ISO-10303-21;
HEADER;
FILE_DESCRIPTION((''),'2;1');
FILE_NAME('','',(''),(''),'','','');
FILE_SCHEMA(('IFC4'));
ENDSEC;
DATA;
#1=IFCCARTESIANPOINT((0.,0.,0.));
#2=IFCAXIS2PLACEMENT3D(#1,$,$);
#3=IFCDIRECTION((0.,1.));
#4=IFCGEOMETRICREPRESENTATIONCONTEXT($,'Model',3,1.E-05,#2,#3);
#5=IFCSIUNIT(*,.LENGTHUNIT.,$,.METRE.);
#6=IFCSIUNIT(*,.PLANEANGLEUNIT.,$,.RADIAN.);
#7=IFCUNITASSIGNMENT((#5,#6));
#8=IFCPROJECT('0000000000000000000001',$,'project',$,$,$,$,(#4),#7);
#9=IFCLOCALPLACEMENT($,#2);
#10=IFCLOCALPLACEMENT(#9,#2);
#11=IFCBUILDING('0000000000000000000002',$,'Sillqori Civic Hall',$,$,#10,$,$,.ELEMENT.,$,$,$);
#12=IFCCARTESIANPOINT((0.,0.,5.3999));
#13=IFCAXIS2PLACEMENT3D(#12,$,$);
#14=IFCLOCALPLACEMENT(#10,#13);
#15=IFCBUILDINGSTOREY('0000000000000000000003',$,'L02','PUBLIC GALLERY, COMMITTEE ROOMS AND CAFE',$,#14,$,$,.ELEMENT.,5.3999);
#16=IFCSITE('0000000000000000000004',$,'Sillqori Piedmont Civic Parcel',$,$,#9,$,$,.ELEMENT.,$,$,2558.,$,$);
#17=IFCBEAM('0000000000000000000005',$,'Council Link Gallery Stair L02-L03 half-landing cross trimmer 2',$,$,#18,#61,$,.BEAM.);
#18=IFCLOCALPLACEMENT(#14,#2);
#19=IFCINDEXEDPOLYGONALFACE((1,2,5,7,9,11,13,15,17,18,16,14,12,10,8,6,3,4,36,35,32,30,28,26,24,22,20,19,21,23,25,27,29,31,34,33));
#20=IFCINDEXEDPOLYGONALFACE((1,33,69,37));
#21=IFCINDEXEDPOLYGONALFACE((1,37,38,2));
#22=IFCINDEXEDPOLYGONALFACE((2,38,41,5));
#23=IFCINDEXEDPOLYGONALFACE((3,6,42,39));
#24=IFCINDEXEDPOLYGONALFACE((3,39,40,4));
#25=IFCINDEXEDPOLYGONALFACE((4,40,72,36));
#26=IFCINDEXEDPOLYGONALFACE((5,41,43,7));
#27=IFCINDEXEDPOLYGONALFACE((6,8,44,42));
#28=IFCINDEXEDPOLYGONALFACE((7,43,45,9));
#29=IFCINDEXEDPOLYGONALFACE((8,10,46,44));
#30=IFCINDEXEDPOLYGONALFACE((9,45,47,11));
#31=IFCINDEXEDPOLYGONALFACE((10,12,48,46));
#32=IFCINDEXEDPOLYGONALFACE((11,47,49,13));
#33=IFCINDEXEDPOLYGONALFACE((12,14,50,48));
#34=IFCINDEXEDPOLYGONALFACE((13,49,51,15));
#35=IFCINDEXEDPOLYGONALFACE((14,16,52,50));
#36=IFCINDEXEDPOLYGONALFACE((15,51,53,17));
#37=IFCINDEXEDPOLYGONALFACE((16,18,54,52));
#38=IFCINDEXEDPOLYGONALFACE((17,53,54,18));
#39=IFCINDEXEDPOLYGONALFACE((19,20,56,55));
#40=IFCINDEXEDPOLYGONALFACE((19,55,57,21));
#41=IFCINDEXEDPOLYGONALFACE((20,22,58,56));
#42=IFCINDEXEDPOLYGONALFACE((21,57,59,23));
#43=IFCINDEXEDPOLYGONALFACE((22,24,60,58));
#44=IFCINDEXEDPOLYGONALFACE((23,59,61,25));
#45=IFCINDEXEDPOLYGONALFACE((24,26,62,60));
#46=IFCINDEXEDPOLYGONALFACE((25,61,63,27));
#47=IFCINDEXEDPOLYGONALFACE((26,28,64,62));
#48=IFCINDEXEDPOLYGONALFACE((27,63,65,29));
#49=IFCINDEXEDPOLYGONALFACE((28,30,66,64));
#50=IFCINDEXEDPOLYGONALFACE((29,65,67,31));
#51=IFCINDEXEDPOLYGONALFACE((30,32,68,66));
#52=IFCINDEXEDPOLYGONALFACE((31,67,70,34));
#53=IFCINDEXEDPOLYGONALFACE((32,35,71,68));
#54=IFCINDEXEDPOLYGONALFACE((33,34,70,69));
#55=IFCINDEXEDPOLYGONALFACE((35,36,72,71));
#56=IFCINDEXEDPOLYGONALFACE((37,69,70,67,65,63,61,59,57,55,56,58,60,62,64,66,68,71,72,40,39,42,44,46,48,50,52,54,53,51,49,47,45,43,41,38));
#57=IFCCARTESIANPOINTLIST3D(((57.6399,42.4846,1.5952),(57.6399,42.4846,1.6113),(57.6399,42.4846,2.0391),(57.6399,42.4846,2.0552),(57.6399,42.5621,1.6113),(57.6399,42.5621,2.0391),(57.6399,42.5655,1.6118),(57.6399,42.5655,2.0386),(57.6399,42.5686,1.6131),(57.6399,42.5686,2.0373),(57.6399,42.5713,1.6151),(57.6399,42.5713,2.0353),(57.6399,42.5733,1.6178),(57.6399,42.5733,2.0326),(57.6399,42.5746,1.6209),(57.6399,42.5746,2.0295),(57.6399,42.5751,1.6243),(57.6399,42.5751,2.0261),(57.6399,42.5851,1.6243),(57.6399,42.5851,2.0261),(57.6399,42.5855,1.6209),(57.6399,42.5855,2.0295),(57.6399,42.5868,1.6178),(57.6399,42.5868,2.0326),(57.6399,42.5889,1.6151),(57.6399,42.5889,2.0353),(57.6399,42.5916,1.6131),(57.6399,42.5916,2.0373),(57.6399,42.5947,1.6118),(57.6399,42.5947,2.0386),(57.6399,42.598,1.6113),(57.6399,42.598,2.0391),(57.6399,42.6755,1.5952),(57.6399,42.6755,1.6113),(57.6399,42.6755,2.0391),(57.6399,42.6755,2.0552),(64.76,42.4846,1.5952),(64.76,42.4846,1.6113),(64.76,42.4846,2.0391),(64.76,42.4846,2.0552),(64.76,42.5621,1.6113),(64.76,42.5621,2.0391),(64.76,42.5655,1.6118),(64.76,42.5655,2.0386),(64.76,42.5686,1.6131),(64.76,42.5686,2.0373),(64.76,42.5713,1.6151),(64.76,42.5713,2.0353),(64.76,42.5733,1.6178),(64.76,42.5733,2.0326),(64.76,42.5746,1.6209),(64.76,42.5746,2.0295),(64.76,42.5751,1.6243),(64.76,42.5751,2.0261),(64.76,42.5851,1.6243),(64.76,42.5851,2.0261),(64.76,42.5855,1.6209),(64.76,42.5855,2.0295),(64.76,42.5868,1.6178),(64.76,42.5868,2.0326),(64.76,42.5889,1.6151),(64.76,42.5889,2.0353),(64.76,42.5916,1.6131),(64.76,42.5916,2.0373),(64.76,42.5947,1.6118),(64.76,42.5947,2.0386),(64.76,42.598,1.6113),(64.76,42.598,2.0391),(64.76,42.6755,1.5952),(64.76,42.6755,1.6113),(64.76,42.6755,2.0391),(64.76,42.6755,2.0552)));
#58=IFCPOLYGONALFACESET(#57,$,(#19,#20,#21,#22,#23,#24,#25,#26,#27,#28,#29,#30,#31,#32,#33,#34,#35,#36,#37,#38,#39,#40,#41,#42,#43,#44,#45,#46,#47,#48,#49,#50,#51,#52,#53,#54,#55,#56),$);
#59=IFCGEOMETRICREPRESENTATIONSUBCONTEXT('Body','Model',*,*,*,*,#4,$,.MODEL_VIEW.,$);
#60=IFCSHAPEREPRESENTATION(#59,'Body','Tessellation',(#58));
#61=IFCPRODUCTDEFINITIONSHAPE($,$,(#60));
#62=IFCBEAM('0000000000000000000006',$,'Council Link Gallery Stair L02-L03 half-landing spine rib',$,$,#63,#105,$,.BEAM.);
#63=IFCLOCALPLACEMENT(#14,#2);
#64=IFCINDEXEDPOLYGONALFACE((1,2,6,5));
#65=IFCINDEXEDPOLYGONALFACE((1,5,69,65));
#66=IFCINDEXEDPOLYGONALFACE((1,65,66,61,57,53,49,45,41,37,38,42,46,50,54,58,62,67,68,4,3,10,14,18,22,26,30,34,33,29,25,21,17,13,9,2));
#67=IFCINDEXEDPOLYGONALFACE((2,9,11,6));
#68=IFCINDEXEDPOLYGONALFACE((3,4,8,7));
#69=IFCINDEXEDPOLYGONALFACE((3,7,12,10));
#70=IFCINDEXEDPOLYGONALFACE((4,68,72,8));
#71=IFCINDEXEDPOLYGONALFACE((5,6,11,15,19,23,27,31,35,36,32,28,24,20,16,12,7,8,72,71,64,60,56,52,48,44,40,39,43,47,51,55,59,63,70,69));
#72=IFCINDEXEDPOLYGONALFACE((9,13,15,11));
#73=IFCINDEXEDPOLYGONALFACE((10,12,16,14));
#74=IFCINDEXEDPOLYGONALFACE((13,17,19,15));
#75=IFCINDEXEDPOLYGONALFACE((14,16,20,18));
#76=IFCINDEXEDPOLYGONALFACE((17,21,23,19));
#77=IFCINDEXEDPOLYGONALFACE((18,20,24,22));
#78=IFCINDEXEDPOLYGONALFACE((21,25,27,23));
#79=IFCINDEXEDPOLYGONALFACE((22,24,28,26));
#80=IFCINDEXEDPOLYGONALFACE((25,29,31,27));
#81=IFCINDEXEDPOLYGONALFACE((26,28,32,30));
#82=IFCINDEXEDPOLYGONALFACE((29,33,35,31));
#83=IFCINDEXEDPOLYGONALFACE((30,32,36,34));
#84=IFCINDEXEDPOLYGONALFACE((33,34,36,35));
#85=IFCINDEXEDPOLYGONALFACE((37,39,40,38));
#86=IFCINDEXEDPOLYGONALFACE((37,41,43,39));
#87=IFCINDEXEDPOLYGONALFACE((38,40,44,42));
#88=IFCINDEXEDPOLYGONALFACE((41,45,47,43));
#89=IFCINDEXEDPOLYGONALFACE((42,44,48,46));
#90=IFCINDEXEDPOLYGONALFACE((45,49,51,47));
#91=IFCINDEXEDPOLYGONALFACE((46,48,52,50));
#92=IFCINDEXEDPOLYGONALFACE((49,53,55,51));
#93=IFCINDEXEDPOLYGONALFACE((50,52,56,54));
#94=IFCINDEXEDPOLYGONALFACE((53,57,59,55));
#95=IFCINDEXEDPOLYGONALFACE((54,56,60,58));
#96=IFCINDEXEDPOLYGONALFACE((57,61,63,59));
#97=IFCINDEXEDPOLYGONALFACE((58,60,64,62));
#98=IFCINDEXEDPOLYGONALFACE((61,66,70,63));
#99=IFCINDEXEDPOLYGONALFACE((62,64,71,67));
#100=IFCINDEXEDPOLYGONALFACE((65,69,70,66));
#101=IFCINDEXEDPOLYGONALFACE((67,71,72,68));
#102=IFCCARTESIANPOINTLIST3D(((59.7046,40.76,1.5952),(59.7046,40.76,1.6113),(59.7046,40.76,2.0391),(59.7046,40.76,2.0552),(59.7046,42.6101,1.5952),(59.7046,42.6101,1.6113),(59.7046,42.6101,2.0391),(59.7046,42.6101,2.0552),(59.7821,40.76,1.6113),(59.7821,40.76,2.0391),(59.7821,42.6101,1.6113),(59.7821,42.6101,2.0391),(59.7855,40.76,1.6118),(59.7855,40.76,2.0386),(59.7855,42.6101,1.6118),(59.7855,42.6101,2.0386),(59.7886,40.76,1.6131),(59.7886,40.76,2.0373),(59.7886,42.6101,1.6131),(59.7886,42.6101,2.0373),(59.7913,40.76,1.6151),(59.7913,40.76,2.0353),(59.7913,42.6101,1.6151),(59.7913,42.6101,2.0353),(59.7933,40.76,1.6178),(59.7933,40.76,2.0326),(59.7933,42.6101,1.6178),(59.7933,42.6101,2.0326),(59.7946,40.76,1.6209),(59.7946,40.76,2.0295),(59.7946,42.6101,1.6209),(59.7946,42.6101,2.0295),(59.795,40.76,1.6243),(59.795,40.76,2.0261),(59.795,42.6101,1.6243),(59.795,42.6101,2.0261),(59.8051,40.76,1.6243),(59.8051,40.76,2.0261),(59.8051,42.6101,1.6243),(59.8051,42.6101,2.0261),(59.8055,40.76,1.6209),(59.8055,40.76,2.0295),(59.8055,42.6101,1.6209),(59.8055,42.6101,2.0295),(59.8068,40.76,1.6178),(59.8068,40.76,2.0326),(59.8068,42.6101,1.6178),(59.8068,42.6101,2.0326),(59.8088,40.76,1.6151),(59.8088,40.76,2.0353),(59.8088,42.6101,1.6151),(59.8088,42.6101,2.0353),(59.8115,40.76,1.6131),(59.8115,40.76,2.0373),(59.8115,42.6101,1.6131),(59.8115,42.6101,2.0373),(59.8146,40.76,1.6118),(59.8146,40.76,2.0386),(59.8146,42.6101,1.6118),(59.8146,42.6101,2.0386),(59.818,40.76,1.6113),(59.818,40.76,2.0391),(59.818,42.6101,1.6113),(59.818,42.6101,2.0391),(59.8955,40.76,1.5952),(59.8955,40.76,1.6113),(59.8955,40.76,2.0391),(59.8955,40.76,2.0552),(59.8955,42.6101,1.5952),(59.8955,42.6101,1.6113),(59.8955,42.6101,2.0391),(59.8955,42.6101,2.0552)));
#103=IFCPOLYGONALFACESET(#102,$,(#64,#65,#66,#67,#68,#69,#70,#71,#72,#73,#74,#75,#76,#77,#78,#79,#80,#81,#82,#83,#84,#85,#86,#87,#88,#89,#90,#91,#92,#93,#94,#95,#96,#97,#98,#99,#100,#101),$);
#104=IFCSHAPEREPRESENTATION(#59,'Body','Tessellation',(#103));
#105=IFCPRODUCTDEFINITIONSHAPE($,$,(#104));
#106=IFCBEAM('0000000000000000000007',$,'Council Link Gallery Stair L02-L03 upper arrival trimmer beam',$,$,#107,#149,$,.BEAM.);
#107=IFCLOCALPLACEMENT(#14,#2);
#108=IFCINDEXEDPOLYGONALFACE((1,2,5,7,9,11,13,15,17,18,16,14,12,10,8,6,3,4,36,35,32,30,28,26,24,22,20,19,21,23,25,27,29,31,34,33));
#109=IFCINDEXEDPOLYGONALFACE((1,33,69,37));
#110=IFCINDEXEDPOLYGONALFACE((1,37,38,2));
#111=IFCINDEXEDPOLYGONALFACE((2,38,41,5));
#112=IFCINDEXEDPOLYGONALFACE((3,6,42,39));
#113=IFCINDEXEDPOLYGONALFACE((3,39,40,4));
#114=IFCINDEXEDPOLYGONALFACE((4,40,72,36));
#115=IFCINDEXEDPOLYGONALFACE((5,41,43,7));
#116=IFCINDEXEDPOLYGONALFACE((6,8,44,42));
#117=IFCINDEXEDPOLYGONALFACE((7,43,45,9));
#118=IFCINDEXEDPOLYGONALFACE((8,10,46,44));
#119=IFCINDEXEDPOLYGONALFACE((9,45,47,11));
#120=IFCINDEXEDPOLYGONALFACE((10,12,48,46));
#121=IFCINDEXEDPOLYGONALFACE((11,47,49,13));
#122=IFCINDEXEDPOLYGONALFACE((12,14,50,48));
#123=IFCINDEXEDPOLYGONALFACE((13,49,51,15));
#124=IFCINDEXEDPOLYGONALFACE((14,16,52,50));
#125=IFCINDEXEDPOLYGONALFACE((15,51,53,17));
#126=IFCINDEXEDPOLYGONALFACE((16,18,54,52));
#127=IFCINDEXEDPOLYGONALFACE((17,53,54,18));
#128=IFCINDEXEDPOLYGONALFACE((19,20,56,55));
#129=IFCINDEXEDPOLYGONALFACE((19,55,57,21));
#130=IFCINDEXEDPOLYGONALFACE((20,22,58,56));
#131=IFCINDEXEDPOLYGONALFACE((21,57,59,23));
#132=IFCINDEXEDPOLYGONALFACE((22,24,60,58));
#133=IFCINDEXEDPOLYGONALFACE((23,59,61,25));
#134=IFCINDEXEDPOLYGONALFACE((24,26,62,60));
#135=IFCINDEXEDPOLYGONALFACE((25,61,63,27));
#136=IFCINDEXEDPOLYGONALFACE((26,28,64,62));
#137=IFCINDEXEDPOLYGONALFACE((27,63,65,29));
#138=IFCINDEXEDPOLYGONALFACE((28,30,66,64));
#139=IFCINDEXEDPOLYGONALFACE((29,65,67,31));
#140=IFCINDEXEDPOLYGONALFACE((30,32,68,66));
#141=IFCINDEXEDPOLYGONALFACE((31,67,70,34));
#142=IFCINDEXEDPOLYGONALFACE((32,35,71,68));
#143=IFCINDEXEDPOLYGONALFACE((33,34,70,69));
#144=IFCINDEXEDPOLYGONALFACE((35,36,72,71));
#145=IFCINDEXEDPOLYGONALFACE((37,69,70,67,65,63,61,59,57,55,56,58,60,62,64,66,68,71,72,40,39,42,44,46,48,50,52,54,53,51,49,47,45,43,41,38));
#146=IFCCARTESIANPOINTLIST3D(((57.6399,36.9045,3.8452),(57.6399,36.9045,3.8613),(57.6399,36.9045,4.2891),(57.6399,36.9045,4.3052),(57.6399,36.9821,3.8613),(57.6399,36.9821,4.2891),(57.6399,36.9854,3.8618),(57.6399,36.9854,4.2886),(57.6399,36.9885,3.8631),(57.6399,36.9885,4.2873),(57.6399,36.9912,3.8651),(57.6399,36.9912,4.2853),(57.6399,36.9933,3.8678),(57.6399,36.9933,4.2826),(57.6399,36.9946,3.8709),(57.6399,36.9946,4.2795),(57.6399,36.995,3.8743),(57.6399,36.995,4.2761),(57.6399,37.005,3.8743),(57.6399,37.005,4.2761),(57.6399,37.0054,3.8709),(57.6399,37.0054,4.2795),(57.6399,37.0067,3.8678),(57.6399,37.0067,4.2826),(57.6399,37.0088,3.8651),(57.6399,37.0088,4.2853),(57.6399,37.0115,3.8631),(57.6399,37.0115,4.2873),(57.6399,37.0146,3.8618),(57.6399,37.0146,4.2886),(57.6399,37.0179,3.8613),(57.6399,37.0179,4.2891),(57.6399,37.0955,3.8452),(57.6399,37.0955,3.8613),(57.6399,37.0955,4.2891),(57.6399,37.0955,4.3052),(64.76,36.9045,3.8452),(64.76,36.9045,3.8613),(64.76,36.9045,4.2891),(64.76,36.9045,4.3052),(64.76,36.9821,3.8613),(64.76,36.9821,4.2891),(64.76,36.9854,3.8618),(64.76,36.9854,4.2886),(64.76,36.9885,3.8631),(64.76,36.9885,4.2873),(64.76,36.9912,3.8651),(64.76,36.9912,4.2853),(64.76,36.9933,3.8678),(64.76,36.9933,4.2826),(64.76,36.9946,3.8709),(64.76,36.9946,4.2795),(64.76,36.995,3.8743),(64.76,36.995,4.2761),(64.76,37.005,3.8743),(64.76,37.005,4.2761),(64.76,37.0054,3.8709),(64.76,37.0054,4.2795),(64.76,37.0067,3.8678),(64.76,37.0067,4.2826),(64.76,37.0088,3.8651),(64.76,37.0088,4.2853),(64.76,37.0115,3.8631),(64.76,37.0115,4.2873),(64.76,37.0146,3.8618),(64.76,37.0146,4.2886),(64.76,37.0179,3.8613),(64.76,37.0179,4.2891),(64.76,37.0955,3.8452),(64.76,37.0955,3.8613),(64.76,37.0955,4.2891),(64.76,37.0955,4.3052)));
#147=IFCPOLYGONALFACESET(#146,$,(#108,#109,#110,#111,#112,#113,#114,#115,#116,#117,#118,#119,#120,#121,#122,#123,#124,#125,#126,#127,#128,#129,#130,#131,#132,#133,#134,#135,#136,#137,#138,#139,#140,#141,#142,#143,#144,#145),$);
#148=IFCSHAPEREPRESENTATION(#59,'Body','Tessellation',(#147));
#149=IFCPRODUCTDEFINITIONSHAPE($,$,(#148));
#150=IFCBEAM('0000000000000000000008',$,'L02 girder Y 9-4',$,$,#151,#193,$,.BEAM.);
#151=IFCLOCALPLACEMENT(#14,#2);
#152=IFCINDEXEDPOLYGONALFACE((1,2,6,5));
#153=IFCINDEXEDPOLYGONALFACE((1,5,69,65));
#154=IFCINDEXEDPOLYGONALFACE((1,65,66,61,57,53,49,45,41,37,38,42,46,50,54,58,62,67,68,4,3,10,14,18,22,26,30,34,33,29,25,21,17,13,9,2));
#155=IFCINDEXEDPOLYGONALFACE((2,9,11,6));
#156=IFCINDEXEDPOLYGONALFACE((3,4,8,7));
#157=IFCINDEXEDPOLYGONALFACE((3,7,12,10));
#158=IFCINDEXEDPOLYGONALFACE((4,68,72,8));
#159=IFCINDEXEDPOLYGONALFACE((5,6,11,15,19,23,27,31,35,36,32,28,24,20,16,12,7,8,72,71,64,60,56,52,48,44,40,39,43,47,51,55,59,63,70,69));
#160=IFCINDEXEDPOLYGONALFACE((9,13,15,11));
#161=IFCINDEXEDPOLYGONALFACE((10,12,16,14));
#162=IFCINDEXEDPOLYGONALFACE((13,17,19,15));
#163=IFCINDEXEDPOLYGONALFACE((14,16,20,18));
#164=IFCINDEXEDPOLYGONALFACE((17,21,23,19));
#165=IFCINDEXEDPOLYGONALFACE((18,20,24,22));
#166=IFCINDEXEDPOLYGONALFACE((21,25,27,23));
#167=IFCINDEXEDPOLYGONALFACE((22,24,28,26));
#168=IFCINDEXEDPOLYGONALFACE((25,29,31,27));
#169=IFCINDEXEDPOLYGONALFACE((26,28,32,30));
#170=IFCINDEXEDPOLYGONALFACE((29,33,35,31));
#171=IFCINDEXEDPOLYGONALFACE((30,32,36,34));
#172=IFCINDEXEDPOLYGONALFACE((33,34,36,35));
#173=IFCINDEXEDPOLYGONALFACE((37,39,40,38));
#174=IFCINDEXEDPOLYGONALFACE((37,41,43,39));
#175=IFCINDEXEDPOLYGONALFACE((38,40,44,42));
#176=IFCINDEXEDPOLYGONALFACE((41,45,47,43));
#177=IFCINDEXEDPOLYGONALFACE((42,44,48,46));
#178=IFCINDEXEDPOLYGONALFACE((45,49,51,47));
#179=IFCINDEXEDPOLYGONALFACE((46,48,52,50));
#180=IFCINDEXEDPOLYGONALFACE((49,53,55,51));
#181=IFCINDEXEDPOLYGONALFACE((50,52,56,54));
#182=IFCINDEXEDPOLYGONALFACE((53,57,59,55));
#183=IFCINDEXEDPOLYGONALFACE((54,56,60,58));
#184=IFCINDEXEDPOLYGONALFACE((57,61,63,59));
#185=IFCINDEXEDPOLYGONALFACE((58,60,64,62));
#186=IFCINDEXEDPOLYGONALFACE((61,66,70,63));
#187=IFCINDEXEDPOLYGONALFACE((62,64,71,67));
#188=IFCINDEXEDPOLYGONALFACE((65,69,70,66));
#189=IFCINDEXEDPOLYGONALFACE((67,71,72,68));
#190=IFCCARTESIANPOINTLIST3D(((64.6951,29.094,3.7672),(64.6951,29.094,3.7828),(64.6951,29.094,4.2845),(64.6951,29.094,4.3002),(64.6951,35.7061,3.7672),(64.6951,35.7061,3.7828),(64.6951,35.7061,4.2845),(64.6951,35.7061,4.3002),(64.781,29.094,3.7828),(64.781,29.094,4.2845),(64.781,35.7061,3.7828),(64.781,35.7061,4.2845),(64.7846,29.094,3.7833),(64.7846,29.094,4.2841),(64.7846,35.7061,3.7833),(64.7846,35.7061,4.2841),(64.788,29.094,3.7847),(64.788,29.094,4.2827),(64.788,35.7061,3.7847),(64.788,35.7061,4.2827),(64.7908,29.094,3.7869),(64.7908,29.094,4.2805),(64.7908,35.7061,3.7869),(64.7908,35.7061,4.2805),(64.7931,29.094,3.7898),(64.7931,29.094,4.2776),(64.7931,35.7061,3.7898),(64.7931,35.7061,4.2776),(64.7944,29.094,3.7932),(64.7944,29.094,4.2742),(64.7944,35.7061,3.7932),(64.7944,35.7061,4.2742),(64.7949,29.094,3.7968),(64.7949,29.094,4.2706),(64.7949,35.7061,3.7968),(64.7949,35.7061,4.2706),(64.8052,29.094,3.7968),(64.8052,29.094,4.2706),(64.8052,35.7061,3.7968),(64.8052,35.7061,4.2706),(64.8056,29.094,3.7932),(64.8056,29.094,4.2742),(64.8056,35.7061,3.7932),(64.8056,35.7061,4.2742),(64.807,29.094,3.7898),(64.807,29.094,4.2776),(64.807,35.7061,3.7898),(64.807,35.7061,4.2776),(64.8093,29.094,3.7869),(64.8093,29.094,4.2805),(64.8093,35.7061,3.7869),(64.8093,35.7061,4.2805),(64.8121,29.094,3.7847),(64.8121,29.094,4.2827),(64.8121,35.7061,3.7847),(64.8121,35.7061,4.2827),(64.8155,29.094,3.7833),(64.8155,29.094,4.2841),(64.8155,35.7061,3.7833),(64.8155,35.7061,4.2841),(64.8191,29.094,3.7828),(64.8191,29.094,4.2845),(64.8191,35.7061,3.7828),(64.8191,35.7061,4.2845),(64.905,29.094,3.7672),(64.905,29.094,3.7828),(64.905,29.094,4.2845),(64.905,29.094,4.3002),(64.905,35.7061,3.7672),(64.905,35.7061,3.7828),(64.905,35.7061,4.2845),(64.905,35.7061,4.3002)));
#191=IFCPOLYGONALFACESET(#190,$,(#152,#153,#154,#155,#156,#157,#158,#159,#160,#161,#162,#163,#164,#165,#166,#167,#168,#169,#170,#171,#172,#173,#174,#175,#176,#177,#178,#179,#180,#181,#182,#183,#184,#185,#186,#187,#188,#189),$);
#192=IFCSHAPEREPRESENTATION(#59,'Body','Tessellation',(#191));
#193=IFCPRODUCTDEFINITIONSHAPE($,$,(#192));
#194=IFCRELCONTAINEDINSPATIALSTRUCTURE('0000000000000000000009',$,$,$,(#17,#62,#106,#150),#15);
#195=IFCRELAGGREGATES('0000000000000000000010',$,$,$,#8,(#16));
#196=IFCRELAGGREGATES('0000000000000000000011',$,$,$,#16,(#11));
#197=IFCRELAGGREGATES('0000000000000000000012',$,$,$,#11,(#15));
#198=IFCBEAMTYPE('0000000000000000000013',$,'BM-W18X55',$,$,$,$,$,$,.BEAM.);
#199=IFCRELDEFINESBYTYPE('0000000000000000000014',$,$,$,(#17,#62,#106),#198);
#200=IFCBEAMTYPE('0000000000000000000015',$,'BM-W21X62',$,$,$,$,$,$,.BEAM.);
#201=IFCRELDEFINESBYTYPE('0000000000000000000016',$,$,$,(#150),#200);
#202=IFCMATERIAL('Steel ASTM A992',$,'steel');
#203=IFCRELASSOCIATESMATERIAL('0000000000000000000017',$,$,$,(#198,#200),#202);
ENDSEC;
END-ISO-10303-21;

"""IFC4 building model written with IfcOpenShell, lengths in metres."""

from ifc_helpers import new_model, si_unit, direction, frame, origin, origin_2d, place, context, subcontext, project, spatial, i_section, extrude, material, material_profile, profile_set, type_object, element, save


model = new_model("IFC4")

# Units and contexts
model_context = context("Model", 3, precision=1e-05, world=origin(), true_north=direction((0.0, 1.0)))
body_context = subcontext(model_context, "Body", "Model", "MODEL_VIEW")
ifc_project = project(units=[si_unit("LENGTHUNIT", "METRE"), si_unit("PLANEANGLEUNIT", "RADIAN")], contexts=[model_context])

# Site, building, storey
site_placement = place(None, origin())
site = spatial("IfcSite", under=ifc_project, at=site_placement, Name="Sillqori Piedmont Civic Parcel", CompositionType="ELEMENT", RefElevation=2558.0)
building_placement = place(site_placement, origin())
building = spatial("IfcBuilding", under=site, at=building_placement, Name="Sillqori Civic Hall", CompositionType="ELEMENT")
storey_placement = place(building_placement, frame((0.0, 0.0, 5.3999)))
storey = spatial("IfcBuildingStorey", under=building, at=storey_placement, Name="L02", Description="PUBLIC GALLERY, COMMITTEE ROOMS AND CAFE", CompositionType="ELEMENT", Elevation=5.3999)

# Shared definitions
ifc_material_1 = material(Name="Steel ASTM A992", Category="steel")

# Beams
ifc_material_profile_1 = material_profile(ifc_material_1, i_section(OverallWidth=0.1909, OverallDepth=0.46, WebThickness=0.01, FlangeThickness=0.0161, FilletRadius=0.0129, at=origin_2d()), Name="W18X55")
ifc_profile_set_1 = profile_set([ifc_material_profile_1], Name="Steel ASTM A992")
beam_type_1 = type_object("IfcBeamType", Name="BM-W18X55", PredefinedType="BEAM", material=ifc_profile_set_1)
for number, where, z_axis, x_axis, name in (
    (1, (57.6399, 42.5801, 1.8252), (1.0, 0.0, 0.0), (0.0, 1.0, 0.0), "Council Link Gallery Stair L02-L03 half-landing cross trimmer 2"),
):
    element("IfcBeam", number, at=place(storey_placement, frame(where, z_axis=z_axis, x_axis=x_axis)), inside=storey, type_object=beam_type_1, Name=name, PredefinedType="BEAM", context=body_context, shape_type="SweptSolid", body=[
        extrude(i_section(OverallWidth=0.1909, OverallDepth=0.46, WebThickness=0.01, FlangeThickness=0.0161, FilletRadius=0.0129, at=origin_2d()), origin(), (0.0, 0.0, 1.0), 7.1201),
    ])
beam_1_placement = place(storey_placement, frame((59.8, 40.76, 1.8252), z_axis=(0.0, 1.0, 0.0), x_axis=(-1.0, 0.0, 0.0)))
element("IfcBeam", 2, at=beam_1_placement, inside=storey, type_object=beam_type_1, Name="Council Link Gallery Stair L02-L03 half-landing spine rib", PredefinedType="BEAM", context=body_context, shape_type="SweptSolid", body=[
    extrude(i_section(OverallWidth=0.1909, OverallDepth=0.46, WebThickness=0.01, FlangeThickness=0.0161, FilletRadius=0.0129, at=origin_2d()), origin(), (0.0, 0.0, 1.0), 1.8501),
])
beam_2_placement = place(storey_placement, frame((57.6399, 37.0, 4.0752), z_axis=(1.0, 0.0, 0.0), x_axis=(0.0, 1.0, 0.0)))
element("IfcBeam", 3, at=beam_2_placement, inside=storey, type_object=beam_type_1, Name="Council Link Gallery Stair L02-L03 upper arrival trimmer beam", PredefinedType="BEAM", context=body_context, shape_type="SweptSolid", body=[
    extrude(i_section(OverallWidth=0.1909, OverallDepth=0.46, WebThickness=0.01, FlangeThickness=0.0161, FilletRadius=0.0129, at=origin_2d()), origin(), (0.0, 0.0, 1.0), 7.1201),
])
ifc_material_profile_2 = material_profile(ifc_material_1, i_section(OverallWidth=0.21, OverallDepth=0.533, WebThickness=0.0103, FlangeThickness=0.0156, FilletRadius=0.0139, at=origin_2d()), Name="W21X62")
ifc_profile_set_2 = profile_set([ifc_material_profile_2], Name="Steel ASTM A992")
beam_type_2 = type_object("IfcBeamType", Name="BM-W21X62", PredefinedType="BEAM", material=ifc_profile_set_2)
beam_3_placement = place(storey_placement, frame((64.8, 29.094, 4.0337), z_axis=(0.0, 1.0, 0.0), x_axis=(-1.0, 0.0, 0.0)))
element("IfcBeam", 4, at=beam_3_placement, inside=storey, type_object=beam_type_2, Name="L02 girder Y 9-4", PredefinedType="BEAM", context=body_context, shape_type="SweptSolid", body=[
    extrude(i_section(OverallWidth=0.21, OverallDepth=0.533, WebThickness=0.0103, FlangeThickness=0.0156, FilletRadius=0.0139, at=origin_2d()), origin(), (0.0, 0.0, 1.0), 6.6121),
])

save(model, "model.ifc")
